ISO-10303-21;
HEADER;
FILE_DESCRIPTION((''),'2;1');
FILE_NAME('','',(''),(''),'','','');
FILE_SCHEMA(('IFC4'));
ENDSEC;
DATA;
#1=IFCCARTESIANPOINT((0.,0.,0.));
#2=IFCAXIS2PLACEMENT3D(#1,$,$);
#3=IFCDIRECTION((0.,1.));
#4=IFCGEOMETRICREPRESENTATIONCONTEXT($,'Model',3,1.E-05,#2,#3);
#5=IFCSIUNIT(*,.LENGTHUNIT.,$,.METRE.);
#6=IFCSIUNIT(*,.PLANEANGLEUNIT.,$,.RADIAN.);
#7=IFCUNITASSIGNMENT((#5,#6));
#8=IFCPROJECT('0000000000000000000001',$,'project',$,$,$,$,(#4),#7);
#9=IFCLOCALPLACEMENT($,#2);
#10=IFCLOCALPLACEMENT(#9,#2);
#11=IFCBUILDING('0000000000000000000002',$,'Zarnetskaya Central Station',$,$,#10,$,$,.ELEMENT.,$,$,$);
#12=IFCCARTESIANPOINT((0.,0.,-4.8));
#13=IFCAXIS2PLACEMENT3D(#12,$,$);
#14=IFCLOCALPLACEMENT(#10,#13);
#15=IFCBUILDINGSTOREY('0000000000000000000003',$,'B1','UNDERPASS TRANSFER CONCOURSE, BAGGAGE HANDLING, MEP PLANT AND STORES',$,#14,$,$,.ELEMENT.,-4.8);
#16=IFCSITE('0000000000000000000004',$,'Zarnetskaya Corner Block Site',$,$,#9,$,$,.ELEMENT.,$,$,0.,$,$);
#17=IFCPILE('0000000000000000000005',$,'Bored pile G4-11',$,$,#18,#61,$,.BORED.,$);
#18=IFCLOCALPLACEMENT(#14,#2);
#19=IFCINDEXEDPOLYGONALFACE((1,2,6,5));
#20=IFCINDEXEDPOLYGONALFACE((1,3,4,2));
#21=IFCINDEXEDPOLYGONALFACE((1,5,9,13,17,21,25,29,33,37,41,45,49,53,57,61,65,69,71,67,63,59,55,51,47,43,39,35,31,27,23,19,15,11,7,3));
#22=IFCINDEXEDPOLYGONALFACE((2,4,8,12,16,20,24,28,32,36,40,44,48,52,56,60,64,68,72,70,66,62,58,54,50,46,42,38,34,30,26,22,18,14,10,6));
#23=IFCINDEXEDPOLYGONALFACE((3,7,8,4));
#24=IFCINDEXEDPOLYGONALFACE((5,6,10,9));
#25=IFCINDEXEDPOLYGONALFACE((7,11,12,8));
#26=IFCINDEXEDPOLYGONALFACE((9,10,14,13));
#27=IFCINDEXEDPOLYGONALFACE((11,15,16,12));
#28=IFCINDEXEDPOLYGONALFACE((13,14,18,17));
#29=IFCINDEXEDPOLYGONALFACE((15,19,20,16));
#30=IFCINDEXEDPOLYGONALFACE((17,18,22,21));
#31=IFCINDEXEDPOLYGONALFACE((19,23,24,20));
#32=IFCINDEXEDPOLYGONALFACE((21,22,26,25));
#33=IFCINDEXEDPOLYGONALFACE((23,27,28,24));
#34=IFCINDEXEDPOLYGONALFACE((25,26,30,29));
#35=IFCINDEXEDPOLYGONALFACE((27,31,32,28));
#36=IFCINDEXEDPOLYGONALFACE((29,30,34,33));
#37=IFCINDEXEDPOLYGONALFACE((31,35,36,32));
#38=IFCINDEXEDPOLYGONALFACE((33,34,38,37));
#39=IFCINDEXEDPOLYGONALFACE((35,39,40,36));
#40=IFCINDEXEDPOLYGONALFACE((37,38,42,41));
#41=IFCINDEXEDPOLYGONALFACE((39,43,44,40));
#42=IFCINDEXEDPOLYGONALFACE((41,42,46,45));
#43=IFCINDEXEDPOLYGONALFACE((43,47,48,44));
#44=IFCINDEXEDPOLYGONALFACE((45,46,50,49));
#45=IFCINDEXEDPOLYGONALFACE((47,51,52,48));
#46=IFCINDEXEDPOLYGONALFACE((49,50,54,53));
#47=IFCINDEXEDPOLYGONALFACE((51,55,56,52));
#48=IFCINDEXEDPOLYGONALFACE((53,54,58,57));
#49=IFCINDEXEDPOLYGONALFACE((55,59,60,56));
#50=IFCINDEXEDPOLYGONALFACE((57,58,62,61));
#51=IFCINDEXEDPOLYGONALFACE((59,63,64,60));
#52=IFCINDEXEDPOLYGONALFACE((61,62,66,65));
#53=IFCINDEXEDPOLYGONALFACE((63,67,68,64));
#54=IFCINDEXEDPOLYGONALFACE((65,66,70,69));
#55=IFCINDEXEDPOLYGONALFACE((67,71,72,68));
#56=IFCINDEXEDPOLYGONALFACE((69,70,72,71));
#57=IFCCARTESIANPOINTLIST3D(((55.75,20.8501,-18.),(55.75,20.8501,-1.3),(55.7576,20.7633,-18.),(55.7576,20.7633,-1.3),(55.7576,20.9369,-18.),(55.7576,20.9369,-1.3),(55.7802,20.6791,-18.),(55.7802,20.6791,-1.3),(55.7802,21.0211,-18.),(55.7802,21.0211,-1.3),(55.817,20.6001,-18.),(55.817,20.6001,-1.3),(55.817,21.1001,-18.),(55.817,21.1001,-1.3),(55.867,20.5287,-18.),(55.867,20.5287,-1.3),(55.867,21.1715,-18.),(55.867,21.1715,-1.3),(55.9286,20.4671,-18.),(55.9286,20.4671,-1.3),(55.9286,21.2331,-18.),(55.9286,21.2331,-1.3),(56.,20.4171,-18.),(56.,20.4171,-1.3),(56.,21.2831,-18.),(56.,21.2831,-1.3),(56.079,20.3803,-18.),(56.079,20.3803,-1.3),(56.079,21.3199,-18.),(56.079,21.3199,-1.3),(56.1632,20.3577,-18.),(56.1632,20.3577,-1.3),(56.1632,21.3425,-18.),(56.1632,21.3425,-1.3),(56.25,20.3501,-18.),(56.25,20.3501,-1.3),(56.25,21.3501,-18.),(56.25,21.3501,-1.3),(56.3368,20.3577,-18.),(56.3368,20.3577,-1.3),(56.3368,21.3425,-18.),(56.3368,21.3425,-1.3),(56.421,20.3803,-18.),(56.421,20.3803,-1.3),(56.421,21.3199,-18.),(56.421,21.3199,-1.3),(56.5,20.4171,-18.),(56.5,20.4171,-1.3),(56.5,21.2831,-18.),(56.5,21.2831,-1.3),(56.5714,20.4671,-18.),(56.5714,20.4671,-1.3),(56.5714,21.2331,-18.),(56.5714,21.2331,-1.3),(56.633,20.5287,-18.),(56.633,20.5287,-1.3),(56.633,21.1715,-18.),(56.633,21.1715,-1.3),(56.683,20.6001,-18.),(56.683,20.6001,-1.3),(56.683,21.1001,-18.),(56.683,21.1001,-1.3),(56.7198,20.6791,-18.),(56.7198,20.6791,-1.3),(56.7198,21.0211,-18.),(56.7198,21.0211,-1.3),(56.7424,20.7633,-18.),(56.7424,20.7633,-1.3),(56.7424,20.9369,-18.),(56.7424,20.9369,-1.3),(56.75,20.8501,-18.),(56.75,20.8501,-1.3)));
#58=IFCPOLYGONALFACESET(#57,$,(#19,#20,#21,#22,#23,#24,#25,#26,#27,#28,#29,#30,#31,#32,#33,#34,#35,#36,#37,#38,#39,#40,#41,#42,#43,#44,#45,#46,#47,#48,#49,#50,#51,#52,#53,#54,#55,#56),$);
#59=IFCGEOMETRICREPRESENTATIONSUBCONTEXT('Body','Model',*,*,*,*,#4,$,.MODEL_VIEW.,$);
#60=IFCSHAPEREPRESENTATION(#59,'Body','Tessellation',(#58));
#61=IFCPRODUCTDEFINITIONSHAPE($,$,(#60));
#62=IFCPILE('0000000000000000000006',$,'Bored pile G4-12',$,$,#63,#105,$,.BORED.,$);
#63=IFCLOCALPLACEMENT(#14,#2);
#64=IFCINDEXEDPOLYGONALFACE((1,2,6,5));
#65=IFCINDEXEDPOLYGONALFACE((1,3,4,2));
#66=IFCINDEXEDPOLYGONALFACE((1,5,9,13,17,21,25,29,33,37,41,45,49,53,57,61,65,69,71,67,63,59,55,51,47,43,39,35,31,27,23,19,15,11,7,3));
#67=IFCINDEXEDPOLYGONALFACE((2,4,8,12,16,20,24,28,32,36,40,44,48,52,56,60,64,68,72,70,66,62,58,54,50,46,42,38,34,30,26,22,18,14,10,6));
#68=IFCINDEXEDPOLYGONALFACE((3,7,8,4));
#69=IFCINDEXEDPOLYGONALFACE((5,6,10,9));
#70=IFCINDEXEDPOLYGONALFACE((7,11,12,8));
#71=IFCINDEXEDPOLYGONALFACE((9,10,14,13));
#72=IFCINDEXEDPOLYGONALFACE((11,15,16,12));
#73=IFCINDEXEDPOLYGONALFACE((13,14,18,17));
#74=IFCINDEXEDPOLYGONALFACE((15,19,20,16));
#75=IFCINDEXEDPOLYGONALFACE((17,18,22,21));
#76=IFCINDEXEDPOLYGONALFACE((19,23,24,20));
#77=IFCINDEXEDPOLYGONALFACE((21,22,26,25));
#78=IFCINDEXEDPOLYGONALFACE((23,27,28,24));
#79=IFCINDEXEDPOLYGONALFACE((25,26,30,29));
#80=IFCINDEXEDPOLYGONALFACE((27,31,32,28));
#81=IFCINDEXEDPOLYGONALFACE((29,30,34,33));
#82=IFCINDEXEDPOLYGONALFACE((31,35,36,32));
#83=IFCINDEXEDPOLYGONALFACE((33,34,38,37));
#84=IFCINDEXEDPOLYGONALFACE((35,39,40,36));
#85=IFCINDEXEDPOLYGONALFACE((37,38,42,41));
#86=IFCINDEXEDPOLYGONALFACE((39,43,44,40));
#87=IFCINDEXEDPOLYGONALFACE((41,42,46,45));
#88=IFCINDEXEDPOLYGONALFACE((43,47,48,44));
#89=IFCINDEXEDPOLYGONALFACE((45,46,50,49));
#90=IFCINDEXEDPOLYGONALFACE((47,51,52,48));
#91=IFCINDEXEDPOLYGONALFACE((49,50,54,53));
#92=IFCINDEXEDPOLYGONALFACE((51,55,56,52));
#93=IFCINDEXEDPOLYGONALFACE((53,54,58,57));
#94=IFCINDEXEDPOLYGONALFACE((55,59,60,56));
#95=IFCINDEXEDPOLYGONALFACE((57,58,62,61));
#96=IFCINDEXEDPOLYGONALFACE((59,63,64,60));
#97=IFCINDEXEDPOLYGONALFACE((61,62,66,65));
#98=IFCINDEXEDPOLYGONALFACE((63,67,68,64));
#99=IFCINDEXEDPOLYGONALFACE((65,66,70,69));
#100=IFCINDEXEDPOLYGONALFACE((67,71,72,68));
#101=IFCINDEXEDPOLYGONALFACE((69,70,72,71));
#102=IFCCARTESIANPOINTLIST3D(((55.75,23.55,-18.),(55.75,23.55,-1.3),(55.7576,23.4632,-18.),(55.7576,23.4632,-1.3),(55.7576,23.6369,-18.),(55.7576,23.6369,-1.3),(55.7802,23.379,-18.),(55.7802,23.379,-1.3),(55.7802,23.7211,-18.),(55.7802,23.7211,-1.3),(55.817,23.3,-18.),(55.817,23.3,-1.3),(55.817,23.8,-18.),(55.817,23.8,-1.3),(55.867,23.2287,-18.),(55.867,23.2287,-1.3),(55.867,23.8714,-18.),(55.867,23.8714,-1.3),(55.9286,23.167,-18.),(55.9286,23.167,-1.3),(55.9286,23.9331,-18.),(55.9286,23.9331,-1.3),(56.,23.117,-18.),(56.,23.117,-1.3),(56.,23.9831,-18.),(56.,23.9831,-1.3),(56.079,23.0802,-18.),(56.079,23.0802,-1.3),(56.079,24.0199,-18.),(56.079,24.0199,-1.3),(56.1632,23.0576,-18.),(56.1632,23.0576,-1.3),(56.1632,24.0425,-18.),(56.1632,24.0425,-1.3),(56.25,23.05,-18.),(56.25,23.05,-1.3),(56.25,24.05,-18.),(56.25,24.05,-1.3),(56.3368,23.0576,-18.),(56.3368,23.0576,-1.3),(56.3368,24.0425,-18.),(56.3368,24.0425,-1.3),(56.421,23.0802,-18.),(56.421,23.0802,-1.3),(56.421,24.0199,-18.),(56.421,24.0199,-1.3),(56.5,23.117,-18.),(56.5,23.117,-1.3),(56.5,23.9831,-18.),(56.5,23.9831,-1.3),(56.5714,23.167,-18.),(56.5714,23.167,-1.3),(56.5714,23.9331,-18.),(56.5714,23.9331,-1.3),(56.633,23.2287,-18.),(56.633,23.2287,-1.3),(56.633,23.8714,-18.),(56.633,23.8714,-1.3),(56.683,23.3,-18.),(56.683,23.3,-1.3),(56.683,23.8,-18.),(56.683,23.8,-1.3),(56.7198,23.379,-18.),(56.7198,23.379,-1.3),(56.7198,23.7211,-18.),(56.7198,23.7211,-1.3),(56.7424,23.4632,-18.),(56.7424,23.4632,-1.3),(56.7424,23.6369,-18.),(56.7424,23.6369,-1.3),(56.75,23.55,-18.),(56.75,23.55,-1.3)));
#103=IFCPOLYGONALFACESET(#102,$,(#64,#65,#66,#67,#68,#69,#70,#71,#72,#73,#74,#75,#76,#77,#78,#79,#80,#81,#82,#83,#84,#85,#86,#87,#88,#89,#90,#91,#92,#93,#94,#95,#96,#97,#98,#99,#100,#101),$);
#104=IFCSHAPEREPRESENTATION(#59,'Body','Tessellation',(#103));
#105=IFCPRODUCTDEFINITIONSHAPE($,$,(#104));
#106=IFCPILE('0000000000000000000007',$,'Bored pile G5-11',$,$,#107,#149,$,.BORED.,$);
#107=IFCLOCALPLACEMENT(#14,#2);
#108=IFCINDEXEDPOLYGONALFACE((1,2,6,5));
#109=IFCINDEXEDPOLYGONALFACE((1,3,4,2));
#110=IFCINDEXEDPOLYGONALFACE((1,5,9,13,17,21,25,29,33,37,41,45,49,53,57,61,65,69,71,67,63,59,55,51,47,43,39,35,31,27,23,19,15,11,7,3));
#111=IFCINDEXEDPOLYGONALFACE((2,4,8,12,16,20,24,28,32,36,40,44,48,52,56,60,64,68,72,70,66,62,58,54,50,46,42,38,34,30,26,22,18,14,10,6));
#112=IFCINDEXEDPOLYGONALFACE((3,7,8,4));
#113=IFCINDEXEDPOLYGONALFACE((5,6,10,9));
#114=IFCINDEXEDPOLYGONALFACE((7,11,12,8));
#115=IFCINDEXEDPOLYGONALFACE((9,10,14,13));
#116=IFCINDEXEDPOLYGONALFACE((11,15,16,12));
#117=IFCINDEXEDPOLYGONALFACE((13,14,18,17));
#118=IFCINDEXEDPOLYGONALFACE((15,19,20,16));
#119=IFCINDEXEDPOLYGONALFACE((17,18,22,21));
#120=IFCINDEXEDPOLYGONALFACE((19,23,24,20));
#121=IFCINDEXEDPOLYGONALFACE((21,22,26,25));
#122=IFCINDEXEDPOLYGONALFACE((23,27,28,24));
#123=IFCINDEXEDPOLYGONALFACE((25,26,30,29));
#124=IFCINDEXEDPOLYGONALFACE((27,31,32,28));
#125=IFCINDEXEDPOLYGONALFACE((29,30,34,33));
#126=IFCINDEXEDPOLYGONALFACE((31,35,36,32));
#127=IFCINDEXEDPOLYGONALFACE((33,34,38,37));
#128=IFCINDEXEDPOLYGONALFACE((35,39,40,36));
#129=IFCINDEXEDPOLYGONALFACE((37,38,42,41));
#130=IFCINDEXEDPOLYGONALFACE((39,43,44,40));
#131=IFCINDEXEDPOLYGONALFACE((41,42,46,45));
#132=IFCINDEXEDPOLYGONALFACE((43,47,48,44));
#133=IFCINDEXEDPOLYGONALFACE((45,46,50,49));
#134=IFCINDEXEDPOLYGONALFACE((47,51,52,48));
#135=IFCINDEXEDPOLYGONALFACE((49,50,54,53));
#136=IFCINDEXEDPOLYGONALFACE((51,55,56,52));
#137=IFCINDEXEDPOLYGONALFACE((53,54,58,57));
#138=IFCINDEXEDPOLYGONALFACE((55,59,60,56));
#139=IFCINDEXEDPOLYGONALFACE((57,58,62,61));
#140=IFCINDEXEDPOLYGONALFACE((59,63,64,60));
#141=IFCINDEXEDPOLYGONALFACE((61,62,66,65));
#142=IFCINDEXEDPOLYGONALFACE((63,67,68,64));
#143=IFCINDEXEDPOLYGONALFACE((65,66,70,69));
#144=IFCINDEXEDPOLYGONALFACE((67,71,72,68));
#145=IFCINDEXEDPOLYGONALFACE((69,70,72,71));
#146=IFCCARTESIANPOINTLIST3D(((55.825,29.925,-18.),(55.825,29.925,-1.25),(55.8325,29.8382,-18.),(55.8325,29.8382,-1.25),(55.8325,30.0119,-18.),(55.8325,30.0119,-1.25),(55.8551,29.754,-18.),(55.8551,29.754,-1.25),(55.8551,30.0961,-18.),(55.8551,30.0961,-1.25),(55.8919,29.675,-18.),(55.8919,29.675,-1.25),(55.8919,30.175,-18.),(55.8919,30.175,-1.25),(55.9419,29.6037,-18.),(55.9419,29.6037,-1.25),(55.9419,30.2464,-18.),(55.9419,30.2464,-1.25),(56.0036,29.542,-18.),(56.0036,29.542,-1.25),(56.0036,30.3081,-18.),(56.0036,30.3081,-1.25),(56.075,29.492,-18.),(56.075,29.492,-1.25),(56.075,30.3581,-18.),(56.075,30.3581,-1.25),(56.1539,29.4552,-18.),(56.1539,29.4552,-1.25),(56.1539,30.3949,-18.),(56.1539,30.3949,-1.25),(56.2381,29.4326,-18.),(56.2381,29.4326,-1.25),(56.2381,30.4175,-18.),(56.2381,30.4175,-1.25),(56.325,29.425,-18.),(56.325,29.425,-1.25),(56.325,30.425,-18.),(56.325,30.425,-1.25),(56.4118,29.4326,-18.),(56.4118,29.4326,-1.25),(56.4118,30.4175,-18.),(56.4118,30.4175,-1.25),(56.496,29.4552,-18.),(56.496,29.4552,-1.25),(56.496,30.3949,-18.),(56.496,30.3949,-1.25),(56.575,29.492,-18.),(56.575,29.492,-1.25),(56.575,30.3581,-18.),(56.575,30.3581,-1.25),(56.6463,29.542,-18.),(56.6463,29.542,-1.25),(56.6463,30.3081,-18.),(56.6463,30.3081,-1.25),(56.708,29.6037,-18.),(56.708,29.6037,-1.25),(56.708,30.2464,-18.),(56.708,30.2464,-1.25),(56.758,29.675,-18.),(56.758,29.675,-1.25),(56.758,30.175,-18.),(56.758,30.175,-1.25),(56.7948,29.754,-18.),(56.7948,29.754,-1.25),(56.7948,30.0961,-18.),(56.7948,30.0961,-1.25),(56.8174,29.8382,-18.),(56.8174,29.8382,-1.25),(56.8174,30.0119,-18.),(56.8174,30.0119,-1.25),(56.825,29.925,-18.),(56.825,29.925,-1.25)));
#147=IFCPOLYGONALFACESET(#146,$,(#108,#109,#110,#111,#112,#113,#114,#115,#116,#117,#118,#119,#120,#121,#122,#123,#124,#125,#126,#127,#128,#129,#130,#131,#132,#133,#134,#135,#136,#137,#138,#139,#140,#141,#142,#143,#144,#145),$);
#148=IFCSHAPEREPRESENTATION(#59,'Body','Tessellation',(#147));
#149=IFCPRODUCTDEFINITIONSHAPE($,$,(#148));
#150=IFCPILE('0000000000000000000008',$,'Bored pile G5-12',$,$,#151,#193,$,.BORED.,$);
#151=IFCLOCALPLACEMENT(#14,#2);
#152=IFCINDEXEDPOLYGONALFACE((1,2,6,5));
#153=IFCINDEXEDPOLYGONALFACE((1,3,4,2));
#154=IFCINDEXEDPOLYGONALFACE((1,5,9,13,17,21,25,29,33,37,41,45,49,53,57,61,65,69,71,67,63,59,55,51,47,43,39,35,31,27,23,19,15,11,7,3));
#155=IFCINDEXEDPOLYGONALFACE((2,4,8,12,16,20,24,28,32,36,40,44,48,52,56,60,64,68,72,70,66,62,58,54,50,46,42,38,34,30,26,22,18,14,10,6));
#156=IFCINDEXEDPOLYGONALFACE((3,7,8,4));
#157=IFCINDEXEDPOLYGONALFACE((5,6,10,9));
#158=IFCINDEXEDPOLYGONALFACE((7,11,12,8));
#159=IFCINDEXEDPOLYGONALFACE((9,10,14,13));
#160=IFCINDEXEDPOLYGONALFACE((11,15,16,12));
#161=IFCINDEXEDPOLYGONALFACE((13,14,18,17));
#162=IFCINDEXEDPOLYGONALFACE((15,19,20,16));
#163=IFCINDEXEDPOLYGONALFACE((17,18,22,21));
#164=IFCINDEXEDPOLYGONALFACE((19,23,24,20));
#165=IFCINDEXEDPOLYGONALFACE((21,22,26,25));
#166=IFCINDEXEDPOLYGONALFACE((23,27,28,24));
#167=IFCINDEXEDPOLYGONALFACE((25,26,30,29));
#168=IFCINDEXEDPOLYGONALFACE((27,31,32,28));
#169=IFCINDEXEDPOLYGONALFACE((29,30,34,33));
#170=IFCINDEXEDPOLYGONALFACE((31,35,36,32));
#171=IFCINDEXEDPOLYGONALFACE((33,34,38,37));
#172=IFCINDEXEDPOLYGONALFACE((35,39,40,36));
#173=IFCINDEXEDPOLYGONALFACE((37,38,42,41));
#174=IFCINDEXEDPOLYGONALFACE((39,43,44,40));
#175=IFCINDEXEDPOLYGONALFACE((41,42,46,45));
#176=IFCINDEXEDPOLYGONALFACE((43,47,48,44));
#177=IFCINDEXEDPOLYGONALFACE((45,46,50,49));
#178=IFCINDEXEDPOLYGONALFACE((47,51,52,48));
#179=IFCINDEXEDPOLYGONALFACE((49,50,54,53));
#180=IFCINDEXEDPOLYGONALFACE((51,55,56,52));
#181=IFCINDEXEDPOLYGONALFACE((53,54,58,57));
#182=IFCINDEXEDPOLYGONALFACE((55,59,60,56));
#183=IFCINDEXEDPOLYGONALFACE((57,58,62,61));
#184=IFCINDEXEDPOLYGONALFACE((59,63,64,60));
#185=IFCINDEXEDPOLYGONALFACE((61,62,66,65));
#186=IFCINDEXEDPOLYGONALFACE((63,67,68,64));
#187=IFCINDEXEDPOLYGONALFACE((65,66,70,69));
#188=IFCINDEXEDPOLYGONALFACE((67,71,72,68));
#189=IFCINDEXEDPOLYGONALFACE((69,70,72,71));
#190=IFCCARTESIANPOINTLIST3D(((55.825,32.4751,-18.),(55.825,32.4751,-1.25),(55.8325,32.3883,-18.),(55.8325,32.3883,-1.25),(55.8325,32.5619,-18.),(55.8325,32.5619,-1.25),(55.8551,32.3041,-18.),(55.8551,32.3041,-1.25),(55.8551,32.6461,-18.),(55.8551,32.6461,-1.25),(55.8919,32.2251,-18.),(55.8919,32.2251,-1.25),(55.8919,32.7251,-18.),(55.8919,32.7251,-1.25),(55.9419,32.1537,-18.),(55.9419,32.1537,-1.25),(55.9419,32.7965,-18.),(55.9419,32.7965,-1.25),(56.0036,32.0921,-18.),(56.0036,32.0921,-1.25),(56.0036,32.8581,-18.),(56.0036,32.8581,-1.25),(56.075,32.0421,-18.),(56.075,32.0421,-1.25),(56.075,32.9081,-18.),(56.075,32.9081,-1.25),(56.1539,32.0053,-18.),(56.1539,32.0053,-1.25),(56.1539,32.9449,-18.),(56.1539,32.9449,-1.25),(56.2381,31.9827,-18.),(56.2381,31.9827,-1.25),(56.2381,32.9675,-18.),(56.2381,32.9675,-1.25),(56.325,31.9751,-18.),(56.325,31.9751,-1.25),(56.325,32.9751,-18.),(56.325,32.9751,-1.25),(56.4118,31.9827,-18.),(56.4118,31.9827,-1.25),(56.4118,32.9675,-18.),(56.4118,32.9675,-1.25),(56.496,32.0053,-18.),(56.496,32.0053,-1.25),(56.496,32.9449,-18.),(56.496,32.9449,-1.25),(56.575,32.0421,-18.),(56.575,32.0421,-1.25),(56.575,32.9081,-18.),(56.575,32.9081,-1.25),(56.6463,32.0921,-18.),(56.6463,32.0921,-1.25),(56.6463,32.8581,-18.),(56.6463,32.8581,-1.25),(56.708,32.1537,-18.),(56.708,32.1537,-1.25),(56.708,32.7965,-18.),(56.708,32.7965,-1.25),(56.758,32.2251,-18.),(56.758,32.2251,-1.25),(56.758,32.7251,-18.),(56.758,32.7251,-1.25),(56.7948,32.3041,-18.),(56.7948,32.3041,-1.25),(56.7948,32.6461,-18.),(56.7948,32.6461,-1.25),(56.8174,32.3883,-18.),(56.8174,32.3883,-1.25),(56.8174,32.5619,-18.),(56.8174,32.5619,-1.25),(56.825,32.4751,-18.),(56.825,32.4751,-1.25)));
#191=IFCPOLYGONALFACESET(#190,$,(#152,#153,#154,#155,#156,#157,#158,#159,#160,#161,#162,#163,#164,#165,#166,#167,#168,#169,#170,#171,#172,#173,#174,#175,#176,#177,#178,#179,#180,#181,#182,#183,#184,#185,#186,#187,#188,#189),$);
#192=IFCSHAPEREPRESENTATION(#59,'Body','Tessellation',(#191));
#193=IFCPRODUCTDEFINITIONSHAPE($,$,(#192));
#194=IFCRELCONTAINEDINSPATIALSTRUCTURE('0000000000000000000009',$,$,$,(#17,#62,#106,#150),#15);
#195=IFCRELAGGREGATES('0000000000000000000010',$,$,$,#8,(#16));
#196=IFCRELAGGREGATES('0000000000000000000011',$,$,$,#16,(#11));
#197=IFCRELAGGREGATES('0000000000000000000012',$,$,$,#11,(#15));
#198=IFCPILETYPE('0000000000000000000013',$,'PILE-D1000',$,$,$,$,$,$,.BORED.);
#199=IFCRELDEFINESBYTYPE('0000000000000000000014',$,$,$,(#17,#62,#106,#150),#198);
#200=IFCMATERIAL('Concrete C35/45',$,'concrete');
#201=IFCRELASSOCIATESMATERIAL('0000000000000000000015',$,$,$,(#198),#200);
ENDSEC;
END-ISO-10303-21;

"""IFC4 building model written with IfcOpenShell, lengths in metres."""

from ifc_helpers import new_model, si_unit, direction, frame, origin, origin_2d, place, context, subcontext, project, spatial, circle, extrude, material, material_profile, profile_set, type_object, element, save


model = new_model("IFC4")

# Units and contexts
model_context = context("Model", 3, precision=1e-05, world=origin(), true_north=direction((0.0, 1.0)))
body_context = subcontext(model_context, "Body", "Model", "MODEL_VIEW")
ifc_project = project(units=[si_unit("LENGTHUNIT", "METRE"), si_unit("PLANEANGLEUNIT", "RADIAN")], contexts=[model_context])

# Site, building, storey
site_placement = place(None, origin())
site = spatial("IfcSite", under=ifc_project, at=site_placement, Name="Zarnetskaya Corner Block Site", CompositionType="ELEMENT", RefElevation=0.0)
building_placement = place(site_placement, origin())
building = spatial("IfcBuilding", under=site, at=building_placement, Name="Zarnetskaya Central Station", CompositionType="ELEMENT")
storey_placement = place(building_placement, frame((0.0, 0.0, -4.8)))
storey = spatial("IfcBuildingStorey", under=building, at=storey_placement, Name="B1", Description="UNDERPASS TRANSFER CONCOURSE, BAGGAGE HANDLING, MEP PLANT AND STORES", CompositionType="ELEMENT", Elevation=-4.8)

# Shared definitions
ifc_material = material(Name="Concrete C35/45", Category="concrete")

# Piles
ifc_material_profile_1 = material_profile(ifc_material, circle(Radius=0.5, at=origin_2d()), Name="BORED PILE D1000")
ifc_profile_set_1 = profile_set([ifc_material_profile_1], Name="Concrete C35/45")
pile_type_1 = type_object("IfcPileType", Name="PILE-D1000", PredefinedType="BORED", material=ifc_profile_set_1)
for number, where, z_axis, x_axis, name in (
    (1, (56.25, 20.8501, -1.3), (0.0, 0.0, -1.0), (1.0, 0.0, 0.0), "Bored pile G4-11"),
    (2, (56.25, 23.55, -1.3), (0.0, 0.0, -1.0), (1.0, 0.0, 0.0), "Bored pile G4-12"),
):
    element("IfcPile", number, at=place(storey_placement, frame(where, z_axis=z_axis, x_axis=x_axis)), inside=storey, type_object=pile_type_1, Name=name, PredefinedType="BORED", context=body_context, shape_type="SweptSolid", body=[
        extrude(circle(Radius=0.5, at=origin_2d()), origin(), (0.0, 0.0, 1.0), 16.7),
    ])
for number, where, z_axis, x_axis, name in (
    (3, (56.325, 29.925, -1.25), (0.0, 0.0, -1.0), (1.0, 0.0, 0.0), "Bored pile G5-11"),
    (4, (56.325, 32.4751, -1.25), (0.0, 0.0, -1.0), (1.0, 0.0, 0.0), "Bored pile G5-12"),
):
    element("IfcPile", number, at=place(storey_placement, frame(where, z_axis=z_axis, x_axis=x_axis)), inside=storey, type_object=pile_type_1, Name=name, PredefinedType="BORED", context=body_context, shape_type="SweptSolid", body=[
        extrude(circle(Radius=0.5, at=origin_2d()), origin(), (0.0, 0.0, 1.0), 16.75),
    ])

save(model, "model.ifc")
